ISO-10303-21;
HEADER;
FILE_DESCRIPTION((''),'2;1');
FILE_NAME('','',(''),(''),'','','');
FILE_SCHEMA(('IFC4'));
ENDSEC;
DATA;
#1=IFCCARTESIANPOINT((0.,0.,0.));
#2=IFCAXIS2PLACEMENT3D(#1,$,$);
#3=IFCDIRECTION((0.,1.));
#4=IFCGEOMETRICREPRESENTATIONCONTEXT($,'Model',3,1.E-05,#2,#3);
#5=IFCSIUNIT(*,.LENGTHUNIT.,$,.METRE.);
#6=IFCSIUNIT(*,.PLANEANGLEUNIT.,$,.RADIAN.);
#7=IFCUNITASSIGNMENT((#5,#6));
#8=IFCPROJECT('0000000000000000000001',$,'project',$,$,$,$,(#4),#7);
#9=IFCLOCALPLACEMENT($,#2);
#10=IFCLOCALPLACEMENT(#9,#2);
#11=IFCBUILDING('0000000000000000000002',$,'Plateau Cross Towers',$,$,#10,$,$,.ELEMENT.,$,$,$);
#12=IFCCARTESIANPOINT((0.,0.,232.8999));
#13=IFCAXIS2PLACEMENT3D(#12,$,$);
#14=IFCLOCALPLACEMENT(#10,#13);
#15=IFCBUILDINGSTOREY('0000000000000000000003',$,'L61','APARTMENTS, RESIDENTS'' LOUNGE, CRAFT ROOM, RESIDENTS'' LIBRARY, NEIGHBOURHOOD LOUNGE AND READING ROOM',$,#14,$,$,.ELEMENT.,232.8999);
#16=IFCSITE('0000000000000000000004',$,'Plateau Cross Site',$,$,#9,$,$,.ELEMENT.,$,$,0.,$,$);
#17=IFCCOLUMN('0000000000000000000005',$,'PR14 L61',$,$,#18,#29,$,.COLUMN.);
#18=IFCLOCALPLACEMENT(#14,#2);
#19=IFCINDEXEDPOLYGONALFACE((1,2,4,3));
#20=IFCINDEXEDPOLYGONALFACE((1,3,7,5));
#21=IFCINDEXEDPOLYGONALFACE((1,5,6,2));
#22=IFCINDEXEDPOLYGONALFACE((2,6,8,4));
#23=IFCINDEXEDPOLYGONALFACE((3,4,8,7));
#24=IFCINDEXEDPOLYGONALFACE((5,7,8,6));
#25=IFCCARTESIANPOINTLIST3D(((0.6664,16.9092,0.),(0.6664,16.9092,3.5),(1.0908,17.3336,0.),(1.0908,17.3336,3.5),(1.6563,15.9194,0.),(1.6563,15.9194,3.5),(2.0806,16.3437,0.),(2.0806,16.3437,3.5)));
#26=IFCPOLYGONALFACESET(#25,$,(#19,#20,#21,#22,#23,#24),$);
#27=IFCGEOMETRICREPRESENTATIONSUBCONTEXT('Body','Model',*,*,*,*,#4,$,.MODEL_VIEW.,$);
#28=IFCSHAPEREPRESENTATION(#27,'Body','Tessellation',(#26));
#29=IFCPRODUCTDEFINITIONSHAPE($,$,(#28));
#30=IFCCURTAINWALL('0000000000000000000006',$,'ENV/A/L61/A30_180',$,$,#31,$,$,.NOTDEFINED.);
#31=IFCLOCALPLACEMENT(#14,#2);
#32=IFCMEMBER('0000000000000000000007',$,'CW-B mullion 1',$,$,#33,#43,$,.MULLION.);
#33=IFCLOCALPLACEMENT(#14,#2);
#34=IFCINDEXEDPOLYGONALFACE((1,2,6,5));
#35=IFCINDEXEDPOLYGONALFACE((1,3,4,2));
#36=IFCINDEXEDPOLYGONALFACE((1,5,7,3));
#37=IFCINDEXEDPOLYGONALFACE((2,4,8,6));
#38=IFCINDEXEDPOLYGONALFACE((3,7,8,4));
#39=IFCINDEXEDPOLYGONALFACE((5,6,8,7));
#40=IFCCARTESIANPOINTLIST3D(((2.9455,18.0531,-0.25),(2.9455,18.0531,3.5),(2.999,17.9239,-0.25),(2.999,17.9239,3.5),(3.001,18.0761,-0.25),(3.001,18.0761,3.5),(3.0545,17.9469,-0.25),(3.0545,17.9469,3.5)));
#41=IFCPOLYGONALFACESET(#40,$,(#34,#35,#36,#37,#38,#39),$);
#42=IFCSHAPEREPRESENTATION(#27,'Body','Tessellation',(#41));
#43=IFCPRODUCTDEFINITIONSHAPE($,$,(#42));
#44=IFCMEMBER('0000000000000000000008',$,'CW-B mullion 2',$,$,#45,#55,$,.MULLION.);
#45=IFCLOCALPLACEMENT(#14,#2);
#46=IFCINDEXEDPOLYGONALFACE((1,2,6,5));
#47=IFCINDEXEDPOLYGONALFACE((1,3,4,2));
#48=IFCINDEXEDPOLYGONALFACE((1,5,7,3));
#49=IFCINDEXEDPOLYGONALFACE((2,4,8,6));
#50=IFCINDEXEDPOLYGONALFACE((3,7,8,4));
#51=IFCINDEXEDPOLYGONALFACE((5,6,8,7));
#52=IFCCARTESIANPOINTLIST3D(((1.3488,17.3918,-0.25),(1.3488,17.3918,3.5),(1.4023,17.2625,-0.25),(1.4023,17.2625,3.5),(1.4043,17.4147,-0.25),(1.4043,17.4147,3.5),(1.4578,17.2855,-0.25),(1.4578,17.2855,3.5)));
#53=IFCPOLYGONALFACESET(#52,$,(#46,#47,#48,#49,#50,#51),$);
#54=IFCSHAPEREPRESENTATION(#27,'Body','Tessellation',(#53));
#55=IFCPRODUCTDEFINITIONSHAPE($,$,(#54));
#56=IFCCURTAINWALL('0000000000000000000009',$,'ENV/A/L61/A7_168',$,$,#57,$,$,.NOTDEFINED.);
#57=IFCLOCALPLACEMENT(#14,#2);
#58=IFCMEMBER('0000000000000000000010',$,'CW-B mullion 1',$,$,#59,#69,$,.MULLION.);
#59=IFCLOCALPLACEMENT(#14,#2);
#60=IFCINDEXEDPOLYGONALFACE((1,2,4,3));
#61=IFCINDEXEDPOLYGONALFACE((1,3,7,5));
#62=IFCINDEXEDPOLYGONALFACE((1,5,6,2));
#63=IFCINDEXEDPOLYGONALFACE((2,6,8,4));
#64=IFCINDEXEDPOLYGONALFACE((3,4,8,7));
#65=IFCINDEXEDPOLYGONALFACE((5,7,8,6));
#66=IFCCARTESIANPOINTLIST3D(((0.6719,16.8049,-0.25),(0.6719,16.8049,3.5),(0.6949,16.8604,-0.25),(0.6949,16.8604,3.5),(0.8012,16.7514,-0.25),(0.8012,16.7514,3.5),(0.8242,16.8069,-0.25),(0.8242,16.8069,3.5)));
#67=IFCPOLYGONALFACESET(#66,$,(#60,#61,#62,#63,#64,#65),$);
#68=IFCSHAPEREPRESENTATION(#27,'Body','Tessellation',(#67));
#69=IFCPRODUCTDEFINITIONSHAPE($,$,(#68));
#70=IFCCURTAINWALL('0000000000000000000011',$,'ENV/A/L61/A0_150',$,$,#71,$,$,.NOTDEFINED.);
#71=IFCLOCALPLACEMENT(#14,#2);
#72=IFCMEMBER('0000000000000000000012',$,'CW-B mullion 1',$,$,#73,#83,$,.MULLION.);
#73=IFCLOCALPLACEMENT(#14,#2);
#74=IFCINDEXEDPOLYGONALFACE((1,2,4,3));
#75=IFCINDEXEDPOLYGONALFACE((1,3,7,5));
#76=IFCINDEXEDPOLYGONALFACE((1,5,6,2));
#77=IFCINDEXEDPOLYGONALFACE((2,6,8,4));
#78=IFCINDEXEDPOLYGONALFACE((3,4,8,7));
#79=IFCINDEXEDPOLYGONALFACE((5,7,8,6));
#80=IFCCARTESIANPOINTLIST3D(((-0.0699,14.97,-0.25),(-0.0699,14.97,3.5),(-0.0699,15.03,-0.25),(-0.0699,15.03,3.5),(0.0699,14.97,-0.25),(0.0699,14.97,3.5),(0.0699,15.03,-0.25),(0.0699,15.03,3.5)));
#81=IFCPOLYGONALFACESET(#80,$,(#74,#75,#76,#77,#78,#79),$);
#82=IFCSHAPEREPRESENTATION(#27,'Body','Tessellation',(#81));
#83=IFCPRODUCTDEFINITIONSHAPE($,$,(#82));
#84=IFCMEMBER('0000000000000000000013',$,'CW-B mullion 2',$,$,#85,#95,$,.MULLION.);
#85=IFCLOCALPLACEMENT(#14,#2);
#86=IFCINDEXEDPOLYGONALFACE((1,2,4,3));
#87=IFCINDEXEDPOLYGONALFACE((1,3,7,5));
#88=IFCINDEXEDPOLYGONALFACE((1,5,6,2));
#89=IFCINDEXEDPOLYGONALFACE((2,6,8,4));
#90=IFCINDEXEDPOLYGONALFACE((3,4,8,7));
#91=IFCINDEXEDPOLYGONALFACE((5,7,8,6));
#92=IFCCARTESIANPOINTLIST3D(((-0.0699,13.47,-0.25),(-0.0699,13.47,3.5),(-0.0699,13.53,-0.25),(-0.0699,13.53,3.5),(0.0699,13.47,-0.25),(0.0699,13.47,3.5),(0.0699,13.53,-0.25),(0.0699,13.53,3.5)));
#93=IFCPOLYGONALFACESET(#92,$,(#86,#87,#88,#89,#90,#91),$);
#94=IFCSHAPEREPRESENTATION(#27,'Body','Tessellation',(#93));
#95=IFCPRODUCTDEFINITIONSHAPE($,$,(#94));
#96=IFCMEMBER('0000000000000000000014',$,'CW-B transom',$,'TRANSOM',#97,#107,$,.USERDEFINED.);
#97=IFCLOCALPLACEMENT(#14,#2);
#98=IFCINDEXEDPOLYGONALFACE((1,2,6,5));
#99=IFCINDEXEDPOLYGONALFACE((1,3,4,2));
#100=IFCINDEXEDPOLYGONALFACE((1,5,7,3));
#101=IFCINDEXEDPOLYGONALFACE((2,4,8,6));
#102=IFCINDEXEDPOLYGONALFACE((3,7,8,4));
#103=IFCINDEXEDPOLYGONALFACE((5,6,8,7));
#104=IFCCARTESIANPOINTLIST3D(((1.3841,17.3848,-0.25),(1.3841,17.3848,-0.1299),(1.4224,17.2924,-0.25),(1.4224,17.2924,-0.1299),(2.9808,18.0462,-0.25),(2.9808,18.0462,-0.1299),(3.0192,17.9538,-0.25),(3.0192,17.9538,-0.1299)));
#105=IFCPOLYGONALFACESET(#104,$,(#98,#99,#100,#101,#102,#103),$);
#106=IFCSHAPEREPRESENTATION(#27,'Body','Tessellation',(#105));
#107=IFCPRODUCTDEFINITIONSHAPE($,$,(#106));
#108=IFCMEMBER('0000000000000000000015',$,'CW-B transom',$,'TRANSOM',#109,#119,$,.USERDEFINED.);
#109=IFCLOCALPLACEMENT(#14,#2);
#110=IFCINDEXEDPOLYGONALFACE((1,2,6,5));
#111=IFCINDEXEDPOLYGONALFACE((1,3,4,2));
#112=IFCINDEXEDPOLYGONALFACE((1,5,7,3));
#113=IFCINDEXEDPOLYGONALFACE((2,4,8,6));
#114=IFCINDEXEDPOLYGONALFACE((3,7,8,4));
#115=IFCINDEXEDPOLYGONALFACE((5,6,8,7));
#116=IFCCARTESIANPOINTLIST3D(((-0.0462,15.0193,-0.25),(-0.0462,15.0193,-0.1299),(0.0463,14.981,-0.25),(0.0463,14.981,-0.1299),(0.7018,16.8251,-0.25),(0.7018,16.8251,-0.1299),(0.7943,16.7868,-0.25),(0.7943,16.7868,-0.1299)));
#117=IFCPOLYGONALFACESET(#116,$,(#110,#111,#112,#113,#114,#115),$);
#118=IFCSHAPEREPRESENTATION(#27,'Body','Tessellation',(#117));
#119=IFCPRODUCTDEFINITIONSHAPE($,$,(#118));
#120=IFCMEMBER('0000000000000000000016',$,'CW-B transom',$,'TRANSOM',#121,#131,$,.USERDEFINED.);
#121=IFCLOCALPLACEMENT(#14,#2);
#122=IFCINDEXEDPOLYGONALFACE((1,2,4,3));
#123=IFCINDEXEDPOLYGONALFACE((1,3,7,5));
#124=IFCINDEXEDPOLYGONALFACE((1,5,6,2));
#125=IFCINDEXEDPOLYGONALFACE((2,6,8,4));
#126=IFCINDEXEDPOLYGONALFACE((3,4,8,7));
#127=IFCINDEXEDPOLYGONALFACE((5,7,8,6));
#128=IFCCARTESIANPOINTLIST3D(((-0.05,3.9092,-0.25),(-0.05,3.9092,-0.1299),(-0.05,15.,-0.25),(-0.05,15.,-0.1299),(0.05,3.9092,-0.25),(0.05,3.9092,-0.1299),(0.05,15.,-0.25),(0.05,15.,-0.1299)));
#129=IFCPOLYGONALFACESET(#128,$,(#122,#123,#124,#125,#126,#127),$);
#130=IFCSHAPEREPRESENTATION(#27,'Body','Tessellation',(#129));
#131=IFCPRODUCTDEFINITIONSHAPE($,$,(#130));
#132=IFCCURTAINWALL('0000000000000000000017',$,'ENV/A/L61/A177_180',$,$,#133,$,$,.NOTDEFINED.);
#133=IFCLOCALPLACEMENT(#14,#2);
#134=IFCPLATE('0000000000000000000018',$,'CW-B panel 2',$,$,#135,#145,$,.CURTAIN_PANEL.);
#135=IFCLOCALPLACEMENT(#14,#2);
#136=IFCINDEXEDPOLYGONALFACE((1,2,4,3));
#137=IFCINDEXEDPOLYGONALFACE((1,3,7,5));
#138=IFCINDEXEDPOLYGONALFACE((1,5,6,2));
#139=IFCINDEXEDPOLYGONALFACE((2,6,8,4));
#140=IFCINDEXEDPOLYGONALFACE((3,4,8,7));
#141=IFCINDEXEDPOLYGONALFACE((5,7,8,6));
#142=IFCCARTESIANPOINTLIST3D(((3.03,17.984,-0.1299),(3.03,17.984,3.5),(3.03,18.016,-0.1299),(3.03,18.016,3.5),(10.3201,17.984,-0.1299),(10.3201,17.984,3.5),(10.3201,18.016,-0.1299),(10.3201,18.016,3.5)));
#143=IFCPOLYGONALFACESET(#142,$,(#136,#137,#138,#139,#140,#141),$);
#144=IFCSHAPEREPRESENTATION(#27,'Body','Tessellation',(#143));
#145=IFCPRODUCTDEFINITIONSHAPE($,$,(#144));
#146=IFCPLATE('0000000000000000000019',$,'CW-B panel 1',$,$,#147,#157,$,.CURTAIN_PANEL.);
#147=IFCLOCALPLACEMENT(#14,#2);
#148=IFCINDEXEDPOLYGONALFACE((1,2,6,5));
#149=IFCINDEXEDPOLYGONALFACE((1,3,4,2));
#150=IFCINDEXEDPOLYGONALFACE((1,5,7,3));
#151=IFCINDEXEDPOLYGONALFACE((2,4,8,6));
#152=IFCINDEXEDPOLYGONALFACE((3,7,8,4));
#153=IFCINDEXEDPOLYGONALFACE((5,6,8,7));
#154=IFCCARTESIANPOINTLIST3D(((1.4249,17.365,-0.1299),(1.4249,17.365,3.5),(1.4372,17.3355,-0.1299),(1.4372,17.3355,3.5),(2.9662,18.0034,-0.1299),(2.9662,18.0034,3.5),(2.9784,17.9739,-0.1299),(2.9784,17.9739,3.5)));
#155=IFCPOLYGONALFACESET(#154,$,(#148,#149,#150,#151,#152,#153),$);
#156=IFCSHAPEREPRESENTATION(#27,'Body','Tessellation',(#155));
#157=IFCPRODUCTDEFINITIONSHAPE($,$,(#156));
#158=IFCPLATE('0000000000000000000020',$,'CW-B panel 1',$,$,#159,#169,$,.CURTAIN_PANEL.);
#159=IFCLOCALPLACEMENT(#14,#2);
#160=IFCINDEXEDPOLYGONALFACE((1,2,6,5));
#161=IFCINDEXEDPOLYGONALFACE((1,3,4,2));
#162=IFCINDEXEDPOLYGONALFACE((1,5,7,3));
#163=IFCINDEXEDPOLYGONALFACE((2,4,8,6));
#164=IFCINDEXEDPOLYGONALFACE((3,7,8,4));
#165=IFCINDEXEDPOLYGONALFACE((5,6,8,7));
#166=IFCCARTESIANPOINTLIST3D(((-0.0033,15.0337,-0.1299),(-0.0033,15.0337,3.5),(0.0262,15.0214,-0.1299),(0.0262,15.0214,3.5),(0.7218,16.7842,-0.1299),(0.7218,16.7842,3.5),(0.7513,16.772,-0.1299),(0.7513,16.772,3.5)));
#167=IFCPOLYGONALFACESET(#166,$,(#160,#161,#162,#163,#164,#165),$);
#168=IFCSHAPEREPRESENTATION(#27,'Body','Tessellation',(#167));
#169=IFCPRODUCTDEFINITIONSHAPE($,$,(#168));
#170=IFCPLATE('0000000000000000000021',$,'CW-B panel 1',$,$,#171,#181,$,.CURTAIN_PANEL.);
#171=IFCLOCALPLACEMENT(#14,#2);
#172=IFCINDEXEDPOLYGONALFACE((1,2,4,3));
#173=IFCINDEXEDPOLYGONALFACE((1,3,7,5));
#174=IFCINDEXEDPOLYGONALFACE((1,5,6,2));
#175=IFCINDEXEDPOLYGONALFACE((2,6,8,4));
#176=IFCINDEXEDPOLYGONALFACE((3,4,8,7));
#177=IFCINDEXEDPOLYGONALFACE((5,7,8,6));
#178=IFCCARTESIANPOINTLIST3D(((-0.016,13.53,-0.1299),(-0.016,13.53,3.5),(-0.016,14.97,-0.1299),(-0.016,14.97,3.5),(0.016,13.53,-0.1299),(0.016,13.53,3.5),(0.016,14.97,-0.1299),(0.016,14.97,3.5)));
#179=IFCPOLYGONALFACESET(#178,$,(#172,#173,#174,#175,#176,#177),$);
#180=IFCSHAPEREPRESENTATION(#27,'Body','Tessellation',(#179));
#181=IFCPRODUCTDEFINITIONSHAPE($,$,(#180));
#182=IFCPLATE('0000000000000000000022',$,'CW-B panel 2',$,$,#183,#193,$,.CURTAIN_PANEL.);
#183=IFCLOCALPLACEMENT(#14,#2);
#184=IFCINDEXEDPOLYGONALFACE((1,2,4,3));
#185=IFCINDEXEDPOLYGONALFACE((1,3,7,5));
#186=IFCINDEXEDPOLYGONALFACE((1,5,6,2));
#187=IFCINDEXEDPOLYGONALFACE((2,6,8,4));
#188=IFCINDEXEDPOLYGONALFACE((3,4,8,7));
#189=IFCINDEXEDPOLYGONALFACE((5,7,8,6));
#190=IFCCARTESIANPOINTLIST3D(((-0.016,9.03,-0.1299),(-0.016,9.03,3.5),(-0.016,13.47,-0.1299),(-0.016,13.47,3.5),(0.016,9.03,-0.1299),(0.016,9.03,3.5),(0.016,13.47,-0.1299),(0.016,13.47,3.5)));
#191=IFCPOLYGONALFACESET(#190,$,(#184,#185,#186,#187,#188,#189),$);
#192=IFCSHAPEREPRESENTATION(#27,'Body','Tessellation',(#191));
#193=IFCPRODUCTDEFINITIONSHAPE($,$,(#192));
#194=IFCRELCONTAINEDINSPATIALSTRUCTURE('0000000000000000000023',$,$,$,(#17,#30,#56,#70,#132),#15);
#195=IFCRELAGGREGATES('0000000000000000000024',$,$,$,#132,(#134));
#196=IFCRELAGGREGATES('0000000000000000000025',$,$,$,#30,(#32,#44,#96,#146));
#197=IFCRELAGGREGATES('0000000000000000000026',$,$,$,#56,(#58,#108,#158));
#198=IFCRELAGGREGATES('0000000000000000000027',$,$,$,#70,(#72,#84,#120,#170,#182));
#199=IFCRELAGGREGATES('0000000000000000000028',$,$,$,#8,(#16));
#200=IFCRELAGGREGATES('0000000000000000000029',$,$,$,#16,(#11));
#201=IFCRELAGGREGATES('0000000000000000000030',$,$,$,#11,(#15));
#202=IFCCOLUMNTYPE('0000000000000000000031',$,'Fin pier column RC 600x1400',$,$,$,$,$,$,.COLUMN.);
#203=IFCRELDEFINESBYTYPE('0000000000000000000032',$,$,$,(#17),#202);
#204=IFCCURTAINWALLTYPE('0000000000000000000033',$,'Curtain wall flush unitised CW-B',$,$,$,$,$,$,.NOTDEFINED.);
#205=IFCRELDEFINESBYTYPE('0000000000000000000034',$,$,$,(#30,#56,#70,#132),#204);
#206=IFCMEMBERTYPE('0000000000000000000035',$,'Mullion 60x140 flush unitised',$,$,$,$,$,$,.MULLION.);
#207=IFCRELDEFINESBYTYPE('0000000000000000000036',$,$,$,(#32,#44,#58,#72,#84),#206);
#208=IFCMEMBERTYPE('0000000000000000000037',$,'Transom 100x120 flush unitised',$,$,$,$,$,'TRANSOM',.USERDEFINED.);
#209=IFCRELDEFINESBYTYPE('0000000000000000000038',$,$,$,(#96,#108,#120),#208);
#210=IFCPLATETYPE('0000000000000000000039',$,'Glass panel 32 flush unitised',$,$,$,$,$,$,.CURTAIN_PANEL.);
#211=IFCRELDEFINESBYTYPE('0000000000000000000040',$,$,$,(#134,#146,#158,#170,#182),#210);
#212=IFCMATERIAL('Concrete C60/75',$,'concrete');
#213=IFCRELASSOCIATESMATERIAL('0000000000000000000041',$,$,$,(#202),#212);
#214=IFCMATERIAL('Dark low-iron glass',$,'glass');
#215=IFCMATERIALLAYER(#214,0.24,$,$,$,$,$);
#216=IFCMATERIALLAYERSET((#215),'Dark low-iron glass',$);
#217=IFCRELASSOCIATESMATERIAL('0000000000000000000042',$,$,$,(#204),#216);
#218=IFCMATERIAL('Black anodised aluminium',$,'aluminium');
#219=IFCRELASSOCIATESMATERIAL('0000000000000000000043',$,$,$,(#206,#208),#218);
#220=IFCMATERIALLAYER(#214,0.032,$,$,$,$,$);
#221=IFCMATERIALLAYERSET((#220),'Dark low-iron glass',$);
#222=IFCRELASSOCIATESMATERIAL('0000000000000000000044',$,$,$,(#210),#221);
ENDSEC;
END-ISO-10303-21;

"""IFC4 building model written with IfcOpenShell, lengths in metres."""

from ifc_helpers import new_model, si_unit, direction, frame, origin, origin_2d, place, context, subcontext, project, spatial, rectangle, extrude, material, layer, layer_set, material_profile, profile_set, type_object, element, aggregate, save


model = new_model("IFC4")

# Units and contexts
model_context = context("Model", 3, precision=1e-05, world=origin(), true_north=direction((0.0, 1.0)))
body_context = subcontext(model_context, "Body", "Model", "MODEL_VIEW")
ifc_project = project(units=[si_unit("LENGTHUNIT", "METRE"), si_unit("PLANEANGLEUNIT", "RADIAN")], contexts=[model_context])

# Site, building, storey
site_placement = place(None, origin())
site = spatial("IfcSite", under=ifc_project, at=site_placement, Name="Plateau Cross Site", CompositionType="ELEMENT", RefElevation=0.0)
building_placement = place(site_placement, origin())
building = spatial("IfcBuilding", under=site, at=building_placement, Name="Plateau Cross Towers", CompositionType="ELEMENT")
storey_placement = place(building_placement, frame((0.0, 0.0, 232.8999)))
storey = spatial("IfcBuildingStorey", under=building, at=storey_placement, Name="L61", Description="APARTMENTS, RESIDENTS' LOUNGE, CRAFT ROOM, RESIDENTS' LIBRARY, NEIGHBOURHOOD LOUNGE AND READING ROOM", CompositionType="ELEMENT", Elevation=232.8999)

# Column
ifc_material_1 = material(Name="Concrete C60/75", Category="concrete")
ifc_material_profile_1 = material_profile(ifc_material_1, rectangle(XDim=0.6001, YDim=1.3999, at=origin_2d()), Name="RC 600x1400")
ifc_profile_set_1 = profile_set([ifc_material_profile_1], Name="Concrete C60/75")
column_type = type_object("IfcColumnType", Name="Fin pier column RC 600x1400", PredefinedType="COLUMN", material=ifc_profile_set_1)
column_placement = place(storey_placement, frame((1.3735, 16.6265, 0.0), z_axis=(0.0, 0.0, 1.0), x_axis=(0.707107, 0.707107, 0.0)))
element("IfcColumn", 1, at=column_placement, inside=storey, type_object=column_type, Name="PR14 L61", PredefinedType="COLUMN", context=body_context, shape_type="SweptSolid", body=[
    extrude(rectangle(XDim=0.6001, YDim=1.3999, at=origin_2d()), origin(), (0.0, 0.0, 1.0), 3.5),
])

# Curtain wall, members
ifc_material_2 = material(Name="Dark low-iron glass", Category="glass")
ifc_layer_1 = layer(ifc_material_2, 0.24)
ifc_layer_set_1 = layer_set([ifc_layer_1], Name="Dark low-iron glass")
curtain_wall_type = type_object("IfcCurtainWallType", Name="Curtain wall flush unitised CW-B", PredefinedType="NOTDEFINED", material=ifc_layer_set_1)
curtain_wall_1_placement = place(storey_placement, origin())
curtain_wall_1 = element("IfcCurtainWall", 2, at=curtain_wall_1_placement, inside=storey, type_object=curtain_wall_type, Name="ENV/A/L61/A30_180", PredefinedType="NOTDEFINED")
ifc_material_3 = material(Name="Black anodised aluminium", Category="aluminium")
ifc_material_profile_2 = material_profile(ifc_material_3, rectangle(XDim=0.0601, YDim=0.1399, at=origin_2d()), Name="MULLION 60x140")
ifc_profile_set_2 = profile_set([ifc_material_profile_2], Name="Black anodised aluminium")
member_type_1 = type_object("IfcMemberType", Name="Mullion 60x140 flush unitised", PredefinedType="MULLION", material=ifc_profile_set_2)
member_1_placement = place(storey_placement, frame((3.0, 18.0, -0.25), z_axis=(0.0, 0.0, 1.0), x_axis=(-0.923879, -0.382684, 0.0)))
member_1 = element("IfcMember", 3, at=member_1_placement, type_object=member_type_1, Name="CW-B mullion 1", PredefinedType="MULLION", context=body_context, shape_type="SweptSolid", body=[
    extrude(rectangle(XDim=0.0601, YDim=0.1399, at=origin_2d()), origin(), (0.0, 0.0, 1.0), 3.75),
])
member_2_placement = place(storey_placement, frame((1.4033, 17.3386, -0.25), z_axis=(0.0, 0.0, 1.0), x_axis=(-0.923879, -0.382684, 0.0)))
member_2 = element("IfcMember", 4, at=member_2_placement, type_object=member_type_1, Name="CW-B mullion 2", PredefinedType="MULLION", context=body_context, shape_type="SweptSolid", body=[
    extrude(rectangle(XDim=0.0601, YDim=0.1399, at=origin_2d()), origin(), (0.0, 0.0, 1.0), 3.75),
])

# Curtain wall, member
curtain_wall_2_placement = place(storey_placement, origin())
curtain_wall_2 = element("IfcCurtainWall", 5, at=curtain_wall_2_placement, inside=storey, type_object=curtain_wall_type, Name="ENV/A/L61/A7_168", PredefinedType="NOTDEFINED")
member_3_placement = place(storey_placement, frame((0.748, 16.8059, -0.25), z_axis=(0.0, 0.0, 1.0), x_axis=(-0.382684, -0.923879, 0.0)))
member_3 = element("IfcMember", 6, at=member_3_placement, type_object=member_type_1, Name="CW-B mullion 1", PredefinedType="MULLION", context=body_context, shape_type="SweptSolid", body=[
    extrude(rectangle(XDim=0.0601, YDim=0.1399, at=origin_2d()), origin(), (0.0, 0.0, 1.0), 3.75),
])

# Curtain wall, members
curtain_wall_3_placement = place(storey_placement, origin())
curtain_wall_3 = element("IfcCurtainWall", 7, at=curtain_wall_3_placement, inside=storey, type_object=curtain_wall_type, Name="ENV/A/L61/A0_150", PredefinedType="NOTDEFINED")
member_4_placement = place(storey_placement, frame((0.0, 15.0, -0.25), z_axis=(0.0, 0.0, 1.0), x_axis=(0.0, -1.0, 0.0)))
member_4 = element("IfcMember", 8, at=member_4_placement, type_object=member_type_1, Name="CW-B mullion 1", PredefinedType="MULLION", context=body_context, shape_type="SweptSolid", body=[
    extrude(rectangle(XDim=0.0601, YDim=0.1399, at=origin_2d()), origin(), (0.0, 0.0, 1.0), 3.75),
])
member_5_placement = place(storey_placement, frame((0.0, 13.5, -0.25), z_axis=(0.0, 0.0, 1.0), x_axis=(0.0, -1.0, 0.0)))
member_5 = element("IfcMember", 9, at=member_5_placement, type_object=member_type_1, Name="CW-B mullion 2", PredefinedType="MULLION", context=body_context, shape_type="SweptSolid", body=[
    extrude(rectangle(XDim=0.0601, YDim=0.1399, at=origin_2d()), origin(), (0.0, 0.0, 1.0), 3.75),
])

# Members
ifc_material_profile_3 = material_profile(ifc_material_3, rectangle(XDim=0.1001, YDim=0.1201, at=origin_2d()), Name="TRANSOM 100x120")
ifc_profile_set_3 = profile_set([ifc_material_profile_3], Name="Black anodised aluminium")
member_type_2 = type_object("IfcMemberType", Name="Transom 100x120 flush unitised", ElementType="TRANSOM", PredefinedType="USERDEFINED", material=ifc_profile_set_3)
member_6_placement = place(storey_placement, frame((3.0, 18.0, -0.1899), z_axis=(-0.923877, -0.382689, 0.0), x_axis=(0.382689, -0.923877, 0.0)))
member_6 = element("IfcMember", 10, at=member_6_placement, type_object=member_type_2, Name="CW-B transom", ObjectType="TRANSOM", PredefinedType="USERDEFINED", context=body_context, shape_type="SweptSolid", body=[
    extrude(rectangle(XDim=0.1001, YDim=0.1201, at=origin_2d()), origin(), (0.0, 0.0, 1.0), 1.7283),
])
member_7_placement = place(storey_placement, frame((0.748, 16.8059, -0.1899), z_axis=(-0.38269, -0.923877, 0.0), x_axis=(0.923877, -0.38269, 0.0)))
member_7 = element("IfcMember", 11, at=member_7_placement, type_object=member_type_2, Name="CW-B transom", ObjectType="TRANSOM", PredefinedType="USERDEFINED", context=body_context, shape_type="SweptSolid", body=[
    extrude(rectangle(XDim=0.1001, YDim=0.1201, at=origin_2d()), origin(), (0.0, 0.0, 1.0), 1.9546),
])
member_8_placement = place(storey_placement, frame((0.0, 15.0, -0.1899), z_axis=(0.0, -1.0, 0.0), x_axis=(1.0, 0.0, 0.0)))
member_8 = element("IfcMember", 12, at=member_8_placement, type_object=member_type_2, Name="CW-B transom", ObjectType="TRANSOM", PredefinedType="USERDEFINED", context=body_context, shape_type="SweptSolid", body=[
    extrude(rectangle(XDim=0.1001, YDim=0.1201, at=origin_2d()), origin(), (0.0, 0.0, 1.0), 11.0908),
])

# Curtain wall, plate
curtain_wall_4_placement = place(storey_placement, origin())
curtain_wall_4 = element("IfcCurtainWall", 13, at=curtain_wall_4_placement, inside=storey, type_object=curtain_wall_type, Name="ENV/A/L61/A177_180", PredefinedType="NOTDEFINED")
ifc_layer_2 = layer(ifc_material_2, 0.032)
ifc_layer_set_2 = layer_set([ifc_layer_2], Name="Dark low-iron glass")
plate_type = type_object("IfcPlateType", Name="Glass panel 32 flush unitised", PredefinedType="CURTAIN_PANEL", material=ifc_layer_set_2)
plate_1_placement = place(storey_placement, frame((6.675, 18.0, -0.1299), z_axis=(0.0, 0.0, 1.0), x_axis=(-1.0, 0.0, 0.0)))
plate_1 = element("IfcPlate", 14, at=plate_1_placement, type_object=plate_type, Name="CW-B panel 2", PredefinedType="CURTAIN_PANEL", context=body_context, shape_type="SweptSolid", body=[
    extrude(rectangle(XDim=7.29, YDim=0.032, at=origin_2d()), origin(), (0.0, 0.0, 1.0), 3.6299),
])
aggregate(curtain_wall_4, [plate_1])

# Plates
plate_2_placement = place(storey_placement, frame((2.2017, 17.6694, -0.1299), z_axis=(0.0, 0.0, 1.0), x_axis=(-0.923879, -0.382684, 0.0)))
plate_2 = element("IfcPlate", 15, at=plate_2_placement, type_object=plate_type, Name="CW-B panel 1", PredefinedType="CURTAIN_PANEL", context=body_context, shape_type="SweptSolid", body=[
    extrude(rectangle(XDim=1.6682, YDim=0.032, at=origin_2d()), origin(), (0.0, 0.0, 1.0), 3.6299),
])
aggregate(curtain_wall_1, [member_1, member_2, member_6, plate_2])
plate_3_placement = place(storey_placement, frame((0.374, 15.9028, -0.1299), z_axis=(0.0, 0.0, 1.0), x_axis=(-0.382684, -0.923879, 0.0)))
plate_3 = element("IfcPlate", 16, at=plate_3_placement, type_object=plate_type, Name="CW-B panel 1", PredefinedType="CURTAIN_PANEL", context=body_context, shape_type="SweptSolid", body=[
    extrude(rectangle(XDim=1.8948, YDim=0.032, at=origin_2d()), origin(), (0.0, 0.0, 1.0), 3.6299),
])
aggregate(curtain_wall_2, [member_3, member_7, plate_3])
plate_4_placement = place(storey_placement, frame((0.0, 14.25, -0.1299), z_axis=(0.0, 0.0, 1.0), x_axis=(0.0, -1.0, 0.0)))
plate_4 = element("IfcPlate", 17, at=plate_4_placement, type_object=plate_type, Name="CW-B panel 1", PredefinedType="CURTAIN_PANEL", context=body_context, shape_type="SweptSolid", body=[
    extrude(rectangle(XDim=1.4399, YDim=0.032, at=origin_2d()), origin(), (0.0, 0.0, 1.0), 3.6299),
])
plate_5_placement = place(storey_placement, frame((0.0, 11.25, -0.1299), z_axis=(0.0, 0.0, 1.0), x_axis=(0.0, -1.0, 0.0)))
plate_5 = element("IfcPlate", 18, at=plate_5_placement, type_object=plate_type, Name="CW-B panel 2", PredefinedType="CURTAIN_PANEL", context=body_context, shape_type="SweptSolid", body=[
    extrude(rectangle(XDim=4.4399, YDim=0.032, at=origin_2d()), origin(), (0.0, 0.0, 1.0), 3.6299),
])
aggregate(curtain_wall_3, [member_4, member_5, member_8, plate_4, plate_5])

save(model, "model.ifc")
